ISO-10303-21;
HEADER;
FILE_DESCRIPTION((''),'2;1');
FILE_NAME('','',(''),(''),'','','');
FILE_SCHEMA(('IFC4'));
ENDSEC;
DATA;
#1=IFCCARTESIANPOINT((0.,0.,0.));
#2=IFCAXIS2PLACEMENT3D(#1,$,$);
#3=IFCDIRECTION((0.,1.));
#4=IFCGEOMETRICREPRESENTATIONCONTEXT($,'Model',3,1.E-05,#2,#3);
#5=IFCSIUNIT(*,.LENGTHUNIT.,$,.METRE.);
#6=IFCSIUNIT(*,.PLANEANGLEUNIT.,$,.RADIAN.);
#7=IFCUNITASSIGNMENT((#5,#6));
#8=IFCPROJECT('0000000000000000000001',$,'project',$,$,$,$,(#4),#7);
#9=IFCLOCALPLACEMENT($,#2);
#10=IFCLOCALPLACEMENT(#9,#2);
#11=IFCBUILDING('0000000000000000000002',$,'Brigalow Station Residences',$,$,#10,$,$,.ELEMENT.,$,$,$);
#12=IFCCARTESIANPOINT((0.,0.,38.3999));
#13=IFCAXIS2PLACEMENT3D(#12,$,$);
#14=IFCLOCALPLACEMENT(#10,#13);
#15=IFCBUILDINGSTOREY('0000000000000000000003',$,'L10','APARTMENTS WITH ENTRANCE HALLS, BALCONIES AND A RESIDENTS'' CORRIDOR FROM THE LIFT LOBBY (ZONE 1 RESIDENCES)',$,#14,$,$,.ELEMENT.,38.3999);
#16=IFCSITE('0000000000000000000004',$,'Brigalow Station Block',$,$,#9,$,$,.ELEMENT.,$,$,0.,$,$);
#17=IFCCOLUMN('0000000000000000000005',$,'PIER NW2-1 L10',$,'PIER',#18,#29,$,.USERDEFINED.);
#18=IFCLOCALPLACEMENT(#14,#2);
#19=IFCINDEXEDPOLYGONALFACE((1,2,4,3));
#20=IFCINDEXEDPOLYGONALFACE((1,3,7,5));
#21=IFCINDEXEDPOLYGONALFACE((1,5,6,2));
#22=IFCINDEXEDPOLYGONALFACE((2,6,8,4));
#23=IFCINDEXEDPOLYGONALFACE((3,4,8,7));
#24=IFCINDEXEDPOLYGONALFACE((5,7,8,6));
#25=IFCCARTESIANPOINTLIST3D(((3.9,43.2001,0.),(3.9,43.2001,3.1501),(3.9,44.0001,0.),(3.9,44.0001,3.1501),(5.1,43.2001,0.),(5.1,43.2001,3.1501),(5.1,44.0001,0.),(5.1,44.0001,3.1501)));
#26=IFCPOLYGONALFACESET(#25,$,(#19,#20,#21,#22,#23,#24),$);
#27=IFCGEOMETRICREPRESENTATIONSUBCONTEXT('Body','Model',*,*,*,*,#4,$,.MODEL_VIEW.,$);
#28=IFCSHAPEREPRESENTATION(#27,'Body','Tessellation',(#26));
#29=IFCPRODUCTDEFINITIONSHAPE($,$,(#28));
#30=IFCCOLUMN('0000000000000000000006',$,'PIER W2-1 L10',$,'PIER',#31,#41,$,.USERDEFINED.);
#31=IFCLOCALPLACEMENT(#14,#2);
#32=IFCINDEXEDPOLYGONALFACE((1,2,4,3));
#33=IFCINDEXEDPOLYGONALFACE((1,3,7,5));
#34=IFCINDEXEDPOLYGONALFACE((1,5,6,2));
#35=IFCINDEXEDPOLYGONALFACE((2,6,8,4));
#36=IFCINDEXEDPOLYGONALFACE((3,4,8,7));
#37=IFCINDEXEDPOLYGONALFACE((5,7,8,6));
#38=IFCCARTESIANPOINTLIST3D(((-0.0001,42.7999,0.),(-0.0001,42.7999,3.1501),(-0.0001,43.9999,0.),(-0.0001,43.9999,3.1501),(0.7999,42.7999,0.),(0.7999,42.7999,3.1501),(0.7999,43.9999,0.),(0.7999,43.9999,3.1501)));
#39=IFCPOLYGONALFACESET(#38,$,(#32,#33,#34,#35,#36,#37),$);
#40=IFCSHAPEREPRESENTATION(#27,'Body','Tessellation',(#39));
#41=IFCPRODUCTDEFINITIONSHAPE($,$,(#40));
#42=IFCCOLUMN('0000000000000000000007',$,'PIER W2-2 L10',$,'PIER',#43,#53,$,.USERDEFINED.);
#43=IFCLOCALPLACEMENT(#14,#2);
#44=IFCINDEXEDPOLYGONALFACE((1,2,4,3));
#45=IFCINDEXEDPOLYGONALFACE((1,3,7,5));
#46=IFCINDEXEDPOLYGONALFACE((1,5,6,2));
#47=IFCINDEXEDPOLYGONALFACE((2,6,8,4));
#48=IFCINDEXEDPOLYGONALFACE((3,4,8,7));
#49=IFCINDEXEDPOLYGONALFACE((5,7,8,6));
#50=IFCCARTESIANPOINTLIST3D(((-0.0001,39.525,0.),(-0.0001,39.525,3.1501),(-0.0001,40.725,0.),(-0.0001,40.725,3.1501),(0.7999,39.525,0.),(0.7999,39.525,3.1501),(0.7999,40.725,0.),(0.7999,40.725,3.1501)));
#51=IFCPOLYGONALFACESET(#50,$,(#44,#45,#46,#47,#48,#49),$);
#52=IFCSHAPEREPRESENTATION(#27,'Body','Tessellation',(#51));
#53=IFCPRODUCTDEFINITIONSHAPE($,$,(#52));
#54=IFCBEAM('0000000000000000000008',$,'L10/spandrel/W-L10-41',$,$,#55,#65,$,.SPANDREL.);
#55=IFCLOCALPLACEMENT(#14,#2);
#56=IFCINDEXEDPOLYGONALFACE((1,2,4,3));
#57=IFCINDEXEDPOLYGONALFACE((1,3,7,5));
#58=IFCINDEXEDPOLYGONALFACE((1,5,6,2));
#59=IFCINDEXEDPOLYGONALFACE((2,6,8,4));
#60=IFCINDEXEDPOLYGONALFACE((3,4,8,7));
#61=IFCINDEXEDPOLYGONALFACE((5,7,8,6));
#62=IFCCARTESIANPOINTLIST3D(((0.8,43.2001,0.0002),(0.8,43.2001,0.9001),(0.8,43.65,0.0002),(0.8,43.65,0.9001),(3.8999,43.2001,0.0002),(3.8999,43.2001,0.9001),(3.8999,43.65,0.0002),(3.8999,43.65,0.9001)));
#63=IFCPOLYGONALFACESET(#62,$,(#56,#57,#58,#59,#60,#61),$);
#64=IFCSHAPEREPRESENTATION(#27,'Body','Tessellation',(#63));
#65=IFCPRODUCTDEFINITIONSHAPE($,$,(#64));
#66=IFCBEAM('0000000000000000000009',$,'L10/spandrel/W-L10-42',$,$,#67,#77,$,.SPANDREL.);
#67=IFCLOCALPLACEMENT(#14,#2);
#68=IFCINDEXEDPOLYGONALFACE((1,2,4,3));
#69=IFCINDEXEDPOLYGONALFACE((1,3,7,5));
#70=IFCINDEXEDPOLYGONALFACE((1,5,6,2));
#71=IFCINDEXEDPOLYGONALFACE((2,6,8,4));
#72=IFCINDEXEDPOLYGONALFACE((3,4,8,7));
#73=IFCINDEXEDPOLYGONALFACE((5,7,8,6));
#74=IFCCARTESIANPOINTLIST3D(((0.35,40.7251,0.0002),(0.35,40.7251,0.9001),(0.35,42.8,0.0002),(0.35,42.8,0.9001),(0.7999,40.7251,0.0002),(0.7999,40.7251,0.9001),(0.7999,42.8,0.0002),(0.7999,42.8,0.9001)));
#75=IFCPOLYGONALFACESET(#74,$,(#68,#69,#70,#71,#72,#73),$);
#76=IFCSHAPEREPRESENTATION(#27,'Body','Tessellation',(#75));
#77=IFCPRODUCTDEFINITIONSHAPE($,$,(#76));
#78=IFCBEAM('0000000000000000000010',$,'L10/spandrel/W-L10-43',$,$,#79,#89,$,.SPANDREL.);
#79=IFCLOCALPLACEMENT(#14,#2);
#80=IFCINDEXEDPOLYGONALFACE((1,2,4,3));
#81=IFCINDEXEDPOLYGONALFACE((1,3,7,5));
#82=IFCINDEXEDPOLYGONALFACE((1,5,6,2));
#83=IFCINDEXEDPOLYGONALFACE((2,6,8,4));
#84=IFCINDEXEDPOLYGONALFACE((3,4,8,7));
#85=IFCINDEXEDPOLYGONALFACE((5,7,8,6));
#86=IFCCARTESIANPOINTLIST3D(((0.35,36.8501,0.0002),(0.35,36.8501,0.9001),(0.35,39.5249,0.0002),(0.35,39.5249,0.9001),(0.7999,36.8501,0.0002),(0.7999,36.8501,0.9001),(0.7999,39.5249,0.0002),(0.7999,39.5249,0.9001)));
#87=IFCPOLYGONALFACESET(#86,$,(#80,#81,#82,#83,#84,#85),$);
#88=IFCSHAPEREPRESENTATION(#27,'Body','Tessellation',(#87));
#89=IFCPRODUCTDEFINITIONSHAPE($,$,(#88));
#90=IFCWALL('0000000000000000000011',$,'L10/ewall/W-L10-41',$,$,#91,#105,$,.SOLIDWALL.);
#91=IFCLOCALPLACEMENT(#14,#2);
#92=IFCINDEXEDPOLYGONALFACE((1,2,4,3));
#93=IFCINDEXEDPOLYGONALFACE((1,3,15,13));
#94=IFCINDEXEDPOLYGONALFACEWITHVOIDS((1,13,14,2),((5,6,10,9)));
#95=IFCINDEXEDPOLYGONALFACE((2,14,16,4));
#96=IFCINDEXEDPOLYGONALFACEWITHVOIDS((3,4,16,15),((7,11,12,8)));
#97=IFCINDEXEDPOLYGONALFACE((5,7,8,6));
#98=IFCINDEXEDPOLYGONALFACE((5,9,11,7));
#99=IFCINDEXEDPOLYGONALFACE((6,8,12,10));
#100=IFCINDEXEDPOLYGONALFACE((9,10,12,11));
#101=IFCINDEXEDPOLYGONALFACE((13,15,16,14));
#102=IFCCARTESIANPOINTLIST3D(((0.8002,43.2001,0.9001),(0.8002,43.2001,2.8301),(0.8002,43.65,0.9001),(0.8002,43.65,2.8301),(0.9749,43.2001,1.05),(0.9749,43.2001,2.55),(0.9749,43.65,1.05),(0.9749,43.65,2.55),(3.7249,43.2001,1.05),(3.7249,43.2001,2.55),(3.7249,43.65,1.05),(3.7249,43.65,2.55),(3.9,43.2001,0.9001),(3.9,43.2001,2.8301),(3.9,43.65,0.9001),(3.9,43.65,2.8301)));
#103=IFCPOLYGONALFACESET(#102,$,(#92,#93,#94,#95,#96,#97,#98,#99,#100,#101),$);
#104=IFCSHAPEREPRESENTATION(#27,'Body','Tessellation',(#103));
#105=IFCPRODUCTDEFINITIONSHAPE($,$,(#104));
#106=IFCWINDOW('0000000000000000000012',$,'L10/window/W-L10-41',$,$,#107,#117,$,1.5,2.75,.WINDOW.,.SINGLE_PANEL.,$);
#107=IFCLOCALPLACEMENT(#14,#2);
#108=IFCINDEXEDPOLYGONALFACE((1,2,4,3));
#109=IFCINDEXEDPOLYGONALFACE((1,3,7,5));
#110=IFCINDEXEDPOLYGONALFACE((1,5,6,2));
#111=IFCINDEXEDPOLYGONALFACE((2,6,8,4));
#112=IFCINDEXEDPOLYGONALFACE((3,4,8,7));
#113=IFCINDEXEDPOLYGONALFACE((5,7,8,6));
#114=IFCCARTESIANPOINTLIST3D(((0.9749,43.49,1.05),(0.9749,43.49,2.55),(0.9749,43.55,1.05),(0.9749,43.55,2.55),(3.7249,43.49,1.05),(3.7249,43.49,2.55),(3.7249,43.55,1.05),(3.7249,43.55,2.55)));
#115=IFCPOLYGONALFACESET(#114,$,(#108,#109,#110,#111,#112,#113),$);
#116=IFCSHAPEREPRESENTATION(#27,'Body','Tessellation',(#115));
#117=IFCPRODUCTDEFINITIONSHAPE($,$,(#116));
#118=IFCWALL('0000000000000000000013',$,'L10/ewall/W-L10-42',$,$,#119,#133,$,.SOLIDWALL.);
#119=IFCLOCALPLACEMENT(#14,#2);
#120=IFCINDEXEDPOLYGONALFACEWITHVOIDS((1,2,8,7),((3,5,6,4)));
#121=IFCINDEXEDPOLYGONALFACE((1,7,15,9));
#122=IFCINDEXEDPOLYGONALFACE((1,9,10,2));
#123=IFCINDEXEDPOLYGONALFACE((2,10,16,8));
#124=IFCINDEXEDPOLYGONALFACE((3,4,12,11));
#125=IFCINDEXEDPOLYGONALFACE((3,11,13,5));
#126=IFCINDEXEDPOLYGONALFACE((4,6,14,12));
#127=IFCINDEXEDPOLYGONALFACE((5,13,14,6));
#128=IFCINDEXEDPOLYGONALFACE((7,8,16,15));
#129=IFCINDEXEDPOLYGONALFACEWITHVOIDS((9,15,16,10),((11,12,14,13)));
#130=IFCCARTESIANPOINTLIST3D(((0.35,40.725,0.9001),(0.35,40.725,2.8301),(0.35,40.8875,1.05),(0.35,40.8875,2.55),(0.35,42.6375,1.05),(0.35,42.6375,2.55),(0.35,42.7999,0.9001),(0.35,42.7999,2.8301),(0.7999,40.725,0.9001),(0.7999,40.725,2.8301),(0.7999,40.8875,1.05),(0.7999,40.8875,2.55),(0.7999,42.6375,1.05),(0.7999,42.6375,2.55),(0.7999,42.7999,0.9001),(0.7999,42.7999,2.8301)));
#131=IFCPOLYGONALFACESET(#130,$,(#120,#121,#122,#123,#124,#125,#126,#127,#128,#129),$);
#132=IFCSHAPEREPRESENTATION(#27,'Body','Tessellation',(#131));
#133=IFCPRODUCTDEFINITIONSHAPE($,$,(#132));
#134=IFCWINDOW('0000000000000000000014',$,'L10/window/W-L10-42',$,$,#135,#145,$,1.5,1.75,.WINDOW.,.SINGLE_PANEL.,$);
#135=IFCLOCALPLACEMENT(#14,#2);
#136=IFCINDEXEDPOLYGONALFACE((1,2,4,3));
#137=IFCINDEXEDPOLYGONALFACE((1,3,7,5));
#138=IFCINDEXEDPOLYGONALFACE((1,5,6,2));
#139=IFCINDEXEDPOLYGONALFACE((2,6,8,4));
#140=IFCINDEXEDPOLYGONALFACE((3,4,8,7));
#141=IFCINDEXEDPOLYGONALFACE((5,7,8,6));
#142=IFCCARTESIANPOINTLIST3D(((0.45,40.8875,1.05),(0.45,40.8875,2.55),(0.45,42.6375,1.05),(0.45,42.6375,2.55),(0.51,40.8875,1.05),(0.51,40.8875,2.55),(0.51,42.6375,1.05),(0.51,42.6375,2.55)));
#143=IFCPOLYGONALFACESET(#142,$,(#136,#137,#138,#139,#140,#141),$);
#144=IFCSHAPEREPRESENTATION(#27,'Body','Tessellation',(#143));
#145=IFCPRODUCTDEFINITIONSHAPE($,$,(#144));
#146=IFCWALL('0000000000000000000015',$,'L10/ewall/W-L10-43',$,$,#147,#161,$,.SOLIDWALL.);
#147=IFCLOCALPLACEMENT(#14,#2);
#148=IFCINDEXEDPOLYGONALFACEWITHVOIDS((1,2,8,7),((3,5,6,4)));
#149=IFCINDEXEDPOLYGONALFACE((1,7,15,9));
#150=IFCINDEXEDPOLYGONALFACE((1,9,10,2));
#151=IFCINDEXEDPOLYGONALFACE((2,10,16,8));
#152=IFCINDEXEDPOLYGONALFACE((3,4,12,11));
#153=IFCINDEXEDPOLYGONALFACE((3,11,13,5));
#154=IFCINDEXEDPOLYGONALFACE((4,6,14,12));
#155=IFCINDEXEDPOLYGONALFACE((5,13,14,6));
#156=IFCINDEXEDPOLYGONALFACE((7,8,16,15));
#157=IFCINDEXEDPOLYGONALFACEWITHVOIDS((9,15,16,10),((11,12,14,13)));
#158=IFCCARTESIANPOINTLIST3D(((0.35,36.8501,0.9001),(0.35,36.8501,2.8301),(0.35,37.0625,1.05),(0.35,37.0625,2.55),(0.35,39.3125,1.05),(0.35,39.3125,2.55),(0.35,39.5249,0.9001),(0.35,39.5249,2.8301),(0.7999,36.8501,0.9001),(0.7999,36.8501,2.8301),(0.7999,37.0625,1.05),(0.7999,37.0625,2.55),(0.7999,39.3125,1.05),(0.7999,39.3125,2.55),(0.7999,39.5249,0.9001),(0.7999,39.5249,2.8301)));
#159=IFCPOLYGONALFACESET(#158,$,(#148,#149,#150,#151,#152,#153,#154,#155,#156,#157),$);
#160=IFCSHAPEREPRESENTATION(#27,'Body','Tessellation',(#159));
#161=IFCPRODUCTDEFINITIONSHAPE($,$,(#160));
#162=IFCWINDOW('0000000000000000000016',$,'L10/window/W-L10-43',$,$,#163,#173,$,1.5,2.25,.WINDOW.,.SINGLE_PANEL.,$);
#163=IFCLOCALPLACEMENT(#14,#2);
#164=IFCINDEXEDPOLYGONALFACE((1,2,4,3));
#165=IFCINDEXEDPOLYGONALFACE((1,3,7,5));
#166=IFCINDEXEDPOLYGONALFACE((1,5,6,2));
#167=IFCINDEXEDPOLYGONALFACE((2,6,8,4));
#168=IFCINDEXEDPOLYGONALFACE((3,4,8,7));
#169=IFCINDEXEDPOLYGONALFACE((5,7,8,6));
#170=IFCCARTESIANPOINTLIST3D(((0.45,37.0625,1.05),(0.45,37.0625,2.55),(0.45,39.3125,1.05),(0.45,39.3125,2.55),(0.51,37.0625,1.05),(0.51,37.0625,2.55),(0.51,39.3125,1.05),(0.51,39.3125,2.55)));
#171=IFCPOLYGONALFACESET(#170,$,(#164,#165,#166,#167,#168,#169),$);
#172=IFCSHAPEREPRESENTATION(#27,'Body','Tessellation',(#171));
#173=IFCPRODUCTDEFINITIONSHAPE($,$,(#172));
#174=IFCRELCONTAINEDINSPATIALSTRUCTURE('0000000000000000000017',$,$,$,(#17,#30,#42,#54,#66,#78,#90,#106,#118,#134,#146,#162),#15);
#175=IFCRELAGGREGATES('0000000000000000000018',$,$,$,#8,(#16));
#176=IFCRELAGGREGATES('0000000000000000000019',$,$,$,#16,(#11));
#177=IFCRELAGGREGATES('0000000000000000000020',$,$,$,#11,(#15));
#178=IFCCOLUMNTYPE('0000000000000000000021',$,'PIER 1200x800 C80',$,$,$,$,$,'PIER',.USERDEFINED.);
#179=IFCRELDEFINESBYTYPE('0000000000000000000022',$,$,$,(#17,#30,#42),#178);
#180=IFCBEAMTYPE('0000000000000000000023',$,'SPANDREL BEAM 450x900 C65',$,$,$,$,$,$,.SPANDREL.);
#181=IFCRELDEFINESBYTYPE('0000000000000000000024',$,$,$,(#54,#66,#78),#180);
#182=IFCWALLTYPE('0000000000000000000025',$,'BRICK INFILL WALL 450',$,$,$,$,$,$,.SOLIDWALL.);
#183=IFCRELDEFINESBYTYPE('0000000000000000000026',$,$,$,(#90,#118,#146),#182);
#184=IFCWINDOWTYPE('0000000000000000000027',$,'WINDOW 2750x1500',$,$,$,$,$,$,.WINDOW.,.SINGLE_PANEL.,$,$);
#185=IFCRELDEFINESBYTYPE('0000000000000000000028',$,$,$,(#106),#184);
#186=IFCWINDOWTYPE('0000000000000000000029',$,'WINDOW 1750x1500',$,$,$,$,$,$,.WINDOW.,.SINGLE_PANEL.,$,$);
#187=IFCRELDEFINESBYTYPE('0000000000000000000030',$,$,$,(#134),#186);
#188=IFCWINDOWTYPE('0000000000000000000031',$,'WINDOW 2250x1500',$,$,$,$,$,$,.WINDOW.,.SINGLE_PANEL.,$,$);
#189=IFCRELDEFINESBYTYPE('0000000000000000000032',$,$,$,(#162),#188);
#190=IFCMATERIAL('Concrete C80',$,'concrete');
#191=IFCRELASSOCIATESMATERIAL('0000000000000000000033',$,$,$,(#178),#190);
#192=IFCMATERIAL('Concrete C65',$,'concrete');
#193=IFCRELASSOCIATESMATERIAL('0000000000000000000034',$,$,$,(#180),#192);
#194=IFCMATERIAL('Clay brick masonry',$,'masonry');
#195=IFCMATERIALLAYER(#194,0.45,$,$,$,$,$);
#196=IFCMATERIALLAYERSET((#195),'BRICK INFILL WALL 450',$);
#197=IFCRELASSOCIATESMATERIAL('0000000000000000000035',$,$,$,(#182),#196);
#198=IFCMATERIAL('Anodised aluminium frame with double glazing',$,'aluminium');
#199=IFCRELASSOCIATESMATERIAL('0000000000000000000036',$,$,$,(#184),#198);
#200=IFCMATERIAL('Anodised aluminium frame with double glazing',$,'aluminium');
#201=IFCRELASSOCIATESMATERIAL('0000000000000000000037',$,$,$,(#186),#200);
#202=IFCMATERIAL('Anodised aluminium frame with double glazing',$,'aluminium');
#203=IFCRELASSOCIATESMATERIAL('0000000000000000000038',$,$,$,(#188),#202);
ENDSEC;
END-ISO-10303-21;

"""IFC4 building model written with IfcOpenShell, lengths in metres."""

from ifc_helpers import new_model, si_unit, direction, frame, frame_2d, origin, origin_2d, place, context, subcontext, project, spatial, rectangle, extrude, material, layer, layer_set, material_profile, profile_set, type_object, element, fill, save


model = new_model("IFC4")

# Units and contexts
model_context = context("Model", 3, precision=1e-05, world=origin(), true_north=direction((0.0, 1.0)))
body_context = subcontext(model_context, "Body", "Model", "MODEL_VIEW")
ifc_project = project(units=[si_unit("LENGTHUNIT", "METRE"), si_unit("PLANEANGLEUNIT", "RADIAN")], contexts=[model_context])

# Site, building, storey
site_placement = place(None, origin())
site = spatial("IfcSite", under=ifc_project, at=site_placement, Name="Brigalow Station Block", CompositionType="ELEMENT", RefElevation=0.0)
building_placement = place(site_placement, origin())
building = spatial("IfcBuilding", under=site, at=building_placement, Name="Brigalow Station Residences", CompositionType="ELEMENT")
storey_placement = place(building_placement, frame((0.0, 0.0, 38.3999)))
storey = spatial("IfcBuildingStorey", under=building, at=storey_placement, Name="L10", Description="APARTMENTS WITH ENTRANCE HALLS, BALCONIES AND A RESIDENTS' CORRIDOR FROM THE LIFT LOBBY (ZONE 1 RESIDENCES)", CompositionType="ELEMENT", Elevation=38.3999)

# Columns
ifc_material_1 = material(Name="Concrete C80", Category="concrete")
ifc_material_profile_1 = material_profile(ifc_material_1, rectangle(XDim=1.2, YDim=0.8, at=origin_2d()), Name="RC1200x800")
ifc_profile_set_1 = profile_set([ifc_material_profile_1], Name="Concrete C80")
column_type = type_object("IfcColumnType", Name="PIER 1200x800 C80", ElementType="PIER", PredefinedType="USERDEFINED", material=ifc_profile_set_1)
for number, where, z_axis, x_axis, name in (
    (1, (4.5, 43.6001, 0.0), (0.0, 0.0, 1.0), (-1.0, 0.0, 0.0), "PIER NW2-1 L10"),
    (2, (0.3999, 43.3999, 0.0), (0.0, 0.0, 1.0), (0.0, -1.0, 0.0), "PIER W2-1 L10"),
    (3, (0.3999, 40.125, 0.0), (0.0, 0.0, 1.0), (0.0, -1.0, 0.0), "PIER W2-2 L10"),
):
    element("IfcColumn", number, at=place(storey_placement, frame(where, z_axis=z_axis, x_axis=x_axis)), inside=storey, type_object=column_type, Name=name, ObjectType="PIER", PredefinedType="USERDEFINED", context=body_context, shape_type="SweptSolid", body=[
        extrude(rectangle(XDim=1.2, YDim=0.8, at=origin_2d()), origin(), (0.0, 0.0, 1.0), 3.1501),
    ])

# Beams
ifc_material_2 = material(Name="Concrete C65", Category="concrete")
ifc_material_profile_2 = material_profile(ifc_material_2, rectangle(XDim=0.45, YDim=0.8999, at=origin_2d()), Name="RC450x900")
ifc_profile_set_2 = profile_set([ifc_material_profile_2], Name="Concrete C65")
beam_type = type_object("IfcBeamType", Name="SPANDREL BEAM 450x900 C65", PredefinedType="SPANDREL", material=ifc_profile_set_2)
beam_1_placement = place(storey_placement, frame((3.8999, 43.425, 0.4502), z_axis=(-1.0, 0.0, 0.0), x_axis=(0.0, -1.0, 0.0)))
element("IfcBeam", 4, at=beam_1_placement, inside=storey, type_object=beam_type, Name="L10/spandrel/W-L10-41", PredefinedType="SPANDREL", context=body_context, shape_type="SweptSolid", body=[
    extrude(rectangle(XDim=0.45, YDim=0.8999, at=origin_2d()), origin(), (0.0, 0.0, 1.0), 3.0999),
])
beam_2_placement = place(storey_placement, frame((0.575, 42.8, 0.4502), z_axis=(0.0, -1.0, 0.0), x_axis=(1.0, 0.0, 0.0)))
element("IfcBeam", 5, at=beam_2_placement, inside=storey, type_object=beam_type, Name="L10/spandrel/W-L10-42", PredefinedType="SPANDREL", context=body_context, shape_type="SweptSolid", body=[
    extrude(rectangle(XDim=0.45, YDim=0.8999, at=origin_2d()), origin(), (0.0, 0.0, 1.0), 2.075),
])
beam_3_placement = place(storey_placement, frame((0.575, 39.5249, 0.4502), z_axis=(0.0, -1.0, 0.0), x_axis=(1.0, 0.0, 0.0)))
element("IfcBeam", 6, at=beam_3_placement, inside=storey, type_object=beam_type, Name="L10/spandrel/W-L10-43", PredefinedType="SPANDREL", context=body_context, shape_type="SweptSolid", body=[
    extrude(rectangle(XDim=0.45, YDim=0.8999, at=origin_2d()), origin(), (0.0, 0.0, 1.0), 2.6748),
])

# Walls, openings, windows
ifc_material_3 = material(Name="Clay brick masonry", Category="masonry")
ifc_layer_1 = layer(ifc_material_3, 0.45)
ifc_layer_set_1 = layer_set([ifc_layer_1], Name="BRICK INFILL WALL 450")
wall_type_1 = type_object("IfcWallType", Name="BRICK INFILL WALL 450", PredefinedType="SOLIDWALL", material=ifc_layer_set_1)
wall_1_placement = place(storey_placement, frame((3.8999, 43.425, 0.9001), z_axis=(0.0, 0.0, 1.0), x_axis=(-1.0, 0.0, 0.0)))
wall_1 = element("IfcWall", 7, at=wall_1_placement, inside=storey, type_object=wall_type_1, Name="L10/ewall/W-L10-41", PredefinedType="SOLIDWALL", context=body_context, shape_type="SweptSolid", body=[
    extrude(rectangle(XDim=3.0999, YDim=0.45, at=frame_2d((1.5498, 0.0))), origin(), (0.0, 0.0, 1.0), 1.9299),
])
opening_1_placement = place(wall_1_placement, frame((0.175, 0.0, 0.1499)))
opening_1 = element("IfcOpeningElement", 8, at=opening_1_placement, cuts=wall_1, PredefinedType="OPENING", context=body_context, shape_type="SweptSolid", body=[
    extrude(rectangle(XDim=2.75, YDim=1.5, at=frame_2d((1.375, 0.75))), frame((0.0, 0.2349, 0.0), z_axis=(0.0, -1.0, 0.0), x_axis=(1.0, 0.0, 0.0)), (0.0, 0.0, 1.0), 0.47),
])
ifc_material_4 = material(Name="Anodised aluminium frame with double glazing", Category="aluminium")
window_type_1 = type_object("IfcWindowType", Name="WINDOW 2750x1500", PartitioningType="SINGLE_PANEL", PredefinedType="WINDOW", material=ifc_material_4)
window_1_placement = place(opening_1_placement, origin())
window_1 = element("IfcWindow", 9, at=window_1_placement, inside=storey, type_object=window_type_1, Name="L10/window/W-L10-41", OverallHeight=1.5, OverallWidth=2.75, PartitioningType="SINGLE_PANEL", PredefinedType="WINDOW", context=body_context, shape_type="SweptSolid", body=[
    extrude(rectangle(XDim=2.75, YDim=1.5, at=frame_2d((1.375, 0.75))), frame((0.0, -0.0649, 0.0), z_axis=(0.0, -1.0, 0.0), x_axis=(1.0, 0.0, 0.0)), (0.0, 0.0, 1.0), 0.0601),
])
fill(opening_1, window_1)
wall_2_placement = place(storey_placement, frame((0.575, 42.8, 0.9001), z_axis=(0.0, 0.0, 1.0), x_axis=(0.0, -1.0, 0.0)))
wall_2 = element("IfcWall", 10, at=wall_2_placement, inside=storey, type_object=wall_type_1, Name="L10/ewall/W-L10-42", PredefinedType="SOLIDWALL", context=body_context, shape_type="SweptSolid", body=[
    extrude(rectangle(XDim=2.075, YDim=0.45, at=frame_2d((1.0376, 0.0))), origin(), (0.0, 0.0, 1.0), 1.9299),
])
opening_2_placement = place(wall_2_placement, frame((0.1626, 0.0, 0.1499)))
opening_2 = element("IfcOpeningElement", 11, at=opening_2_placement, cuts=wall_2, PredefinedType="OPENING", context=body_context, shape_type="SweptSolid", body=[
    extrude(rectangle(XDim=1.75, YDim=1.5, at=frame_2d((0.875, 0.75))), frame((0.0, 0.2349, 0.0), z_axis=(0.0, -1.0, 0.0), x_axis=(1.0, 0.0, 0.0)), (0.0, 0.0, 1.0), 0.47),
])
ifc_material_5 = material(Name="Anodised aluminium frame with double glazing", Category="aluminium")
window_type_2 = type_object("IfcWindowType", Name="WINDOW 1750x1500", PartitioningType="SINGLE_PANEL", PredefinedType="WINDOW", material=ifc_material_5)
window_2_placement = place(opening_2_placement, origin())
window_2 = element("IfcWindow", 12, at=window_2_placement, inside=storey, type_object=window_type_2, Name="L10/window/W-L10-42", OverallHeight=1.5, OverallWidth=1.75, PartitioningType="SINGLE_PANEL", PredefinedType="WINDOW", context=body_context, shape_type="SweptSolid", body=[
    extrude(rectangle(XDim=1.75, YDim=1.5, at=frame_2d((0.875, 0.75))), frame((0.0, -0.0649, 0.0), z_axis=(0.0, -1.0, 0.0), x_axis=(1.0, 0.0, 0.0)), (0.0, 0.0, 1.0), 0.0601),
])
fill(opening_2, window_2)
wall_3_placement = place(storey_placement, frame((0.575, 39.5249, 0.9001), z_axis=(0.0, 0.0, 1.0), x_axis=(0.0, -1.0, 0.0)))
wall_3 = element("IfcWall", 13, at=wall_3_placement, inside=storey, type_object=wall_type_1, Name="L10/ewall/W-L10-43", PredefinedType="SOLIDWALL", context=body_context, shape_type="SweptSolid", body=[
    extrude(rectangle(XDim=2.6748, YDim=0.45, at=frame_2d((1.3374, 0.0))), origin(), (0.0, 0.0, 1.0), 1.9299),
])
opening_3_placement = place(wall_3_placement, frame((0.2124, 0.0, 0.1499)))
opening_3 = element("IfcOpeningElement", 14, at=opening_3_placement, cuts=wall_3, PredefinedType="OPENING", context=body_context, shape_type="SweptSolid", body=[
    extrude(rectangle(XDim=2.25, YDim=1.5, at=frame_2d((1.125, 0.75))), frame((0.0, 0.2349, 0.0), z_axis=(0.0, -1.0, 0.0), x_axis=(1.0, 0.0, 0.0)), (0.0, 0.0, 1.0), 0.47),
])
ifc_material_6 = material(Name="Anodised aluminium frame with double glazing", Category="aluminium")
window_type_3 = type_object("IfcWindowType", Name="WINDOW 2250x1500", PartitioningType="SINGLE_PANEL", PredefinedType="WINDOW", material=ifc_material_6)
window_3_placement = place(opening_3_placement, origin())
window_3 = element("IfcWindow", 15, at=window_3_placement, inside=storey, type_object=window_type_3, Name="L10/window/W-L10-43", OverallHeight=1.5, OverallWidth=2.25, PartitioningType="SINGLE_PANEL", PredefinedType="WINDOW", context=body_context, shape_type="SweptSolid", body=[
    extrude(rectangle(XDim=2.25, YDim=1.5, at=frame_2d((1.125, 0.75))), frame((0.0, -0.0649, 0.0), z_axis=(0.0, -1.0, 0.0), x_axis=(1.0, 0.0, 0.0)), (0.0, 0.0, 1.0), 0.0601),
])
fill(opening_3, window_3)

save(model, "model.ifc")
